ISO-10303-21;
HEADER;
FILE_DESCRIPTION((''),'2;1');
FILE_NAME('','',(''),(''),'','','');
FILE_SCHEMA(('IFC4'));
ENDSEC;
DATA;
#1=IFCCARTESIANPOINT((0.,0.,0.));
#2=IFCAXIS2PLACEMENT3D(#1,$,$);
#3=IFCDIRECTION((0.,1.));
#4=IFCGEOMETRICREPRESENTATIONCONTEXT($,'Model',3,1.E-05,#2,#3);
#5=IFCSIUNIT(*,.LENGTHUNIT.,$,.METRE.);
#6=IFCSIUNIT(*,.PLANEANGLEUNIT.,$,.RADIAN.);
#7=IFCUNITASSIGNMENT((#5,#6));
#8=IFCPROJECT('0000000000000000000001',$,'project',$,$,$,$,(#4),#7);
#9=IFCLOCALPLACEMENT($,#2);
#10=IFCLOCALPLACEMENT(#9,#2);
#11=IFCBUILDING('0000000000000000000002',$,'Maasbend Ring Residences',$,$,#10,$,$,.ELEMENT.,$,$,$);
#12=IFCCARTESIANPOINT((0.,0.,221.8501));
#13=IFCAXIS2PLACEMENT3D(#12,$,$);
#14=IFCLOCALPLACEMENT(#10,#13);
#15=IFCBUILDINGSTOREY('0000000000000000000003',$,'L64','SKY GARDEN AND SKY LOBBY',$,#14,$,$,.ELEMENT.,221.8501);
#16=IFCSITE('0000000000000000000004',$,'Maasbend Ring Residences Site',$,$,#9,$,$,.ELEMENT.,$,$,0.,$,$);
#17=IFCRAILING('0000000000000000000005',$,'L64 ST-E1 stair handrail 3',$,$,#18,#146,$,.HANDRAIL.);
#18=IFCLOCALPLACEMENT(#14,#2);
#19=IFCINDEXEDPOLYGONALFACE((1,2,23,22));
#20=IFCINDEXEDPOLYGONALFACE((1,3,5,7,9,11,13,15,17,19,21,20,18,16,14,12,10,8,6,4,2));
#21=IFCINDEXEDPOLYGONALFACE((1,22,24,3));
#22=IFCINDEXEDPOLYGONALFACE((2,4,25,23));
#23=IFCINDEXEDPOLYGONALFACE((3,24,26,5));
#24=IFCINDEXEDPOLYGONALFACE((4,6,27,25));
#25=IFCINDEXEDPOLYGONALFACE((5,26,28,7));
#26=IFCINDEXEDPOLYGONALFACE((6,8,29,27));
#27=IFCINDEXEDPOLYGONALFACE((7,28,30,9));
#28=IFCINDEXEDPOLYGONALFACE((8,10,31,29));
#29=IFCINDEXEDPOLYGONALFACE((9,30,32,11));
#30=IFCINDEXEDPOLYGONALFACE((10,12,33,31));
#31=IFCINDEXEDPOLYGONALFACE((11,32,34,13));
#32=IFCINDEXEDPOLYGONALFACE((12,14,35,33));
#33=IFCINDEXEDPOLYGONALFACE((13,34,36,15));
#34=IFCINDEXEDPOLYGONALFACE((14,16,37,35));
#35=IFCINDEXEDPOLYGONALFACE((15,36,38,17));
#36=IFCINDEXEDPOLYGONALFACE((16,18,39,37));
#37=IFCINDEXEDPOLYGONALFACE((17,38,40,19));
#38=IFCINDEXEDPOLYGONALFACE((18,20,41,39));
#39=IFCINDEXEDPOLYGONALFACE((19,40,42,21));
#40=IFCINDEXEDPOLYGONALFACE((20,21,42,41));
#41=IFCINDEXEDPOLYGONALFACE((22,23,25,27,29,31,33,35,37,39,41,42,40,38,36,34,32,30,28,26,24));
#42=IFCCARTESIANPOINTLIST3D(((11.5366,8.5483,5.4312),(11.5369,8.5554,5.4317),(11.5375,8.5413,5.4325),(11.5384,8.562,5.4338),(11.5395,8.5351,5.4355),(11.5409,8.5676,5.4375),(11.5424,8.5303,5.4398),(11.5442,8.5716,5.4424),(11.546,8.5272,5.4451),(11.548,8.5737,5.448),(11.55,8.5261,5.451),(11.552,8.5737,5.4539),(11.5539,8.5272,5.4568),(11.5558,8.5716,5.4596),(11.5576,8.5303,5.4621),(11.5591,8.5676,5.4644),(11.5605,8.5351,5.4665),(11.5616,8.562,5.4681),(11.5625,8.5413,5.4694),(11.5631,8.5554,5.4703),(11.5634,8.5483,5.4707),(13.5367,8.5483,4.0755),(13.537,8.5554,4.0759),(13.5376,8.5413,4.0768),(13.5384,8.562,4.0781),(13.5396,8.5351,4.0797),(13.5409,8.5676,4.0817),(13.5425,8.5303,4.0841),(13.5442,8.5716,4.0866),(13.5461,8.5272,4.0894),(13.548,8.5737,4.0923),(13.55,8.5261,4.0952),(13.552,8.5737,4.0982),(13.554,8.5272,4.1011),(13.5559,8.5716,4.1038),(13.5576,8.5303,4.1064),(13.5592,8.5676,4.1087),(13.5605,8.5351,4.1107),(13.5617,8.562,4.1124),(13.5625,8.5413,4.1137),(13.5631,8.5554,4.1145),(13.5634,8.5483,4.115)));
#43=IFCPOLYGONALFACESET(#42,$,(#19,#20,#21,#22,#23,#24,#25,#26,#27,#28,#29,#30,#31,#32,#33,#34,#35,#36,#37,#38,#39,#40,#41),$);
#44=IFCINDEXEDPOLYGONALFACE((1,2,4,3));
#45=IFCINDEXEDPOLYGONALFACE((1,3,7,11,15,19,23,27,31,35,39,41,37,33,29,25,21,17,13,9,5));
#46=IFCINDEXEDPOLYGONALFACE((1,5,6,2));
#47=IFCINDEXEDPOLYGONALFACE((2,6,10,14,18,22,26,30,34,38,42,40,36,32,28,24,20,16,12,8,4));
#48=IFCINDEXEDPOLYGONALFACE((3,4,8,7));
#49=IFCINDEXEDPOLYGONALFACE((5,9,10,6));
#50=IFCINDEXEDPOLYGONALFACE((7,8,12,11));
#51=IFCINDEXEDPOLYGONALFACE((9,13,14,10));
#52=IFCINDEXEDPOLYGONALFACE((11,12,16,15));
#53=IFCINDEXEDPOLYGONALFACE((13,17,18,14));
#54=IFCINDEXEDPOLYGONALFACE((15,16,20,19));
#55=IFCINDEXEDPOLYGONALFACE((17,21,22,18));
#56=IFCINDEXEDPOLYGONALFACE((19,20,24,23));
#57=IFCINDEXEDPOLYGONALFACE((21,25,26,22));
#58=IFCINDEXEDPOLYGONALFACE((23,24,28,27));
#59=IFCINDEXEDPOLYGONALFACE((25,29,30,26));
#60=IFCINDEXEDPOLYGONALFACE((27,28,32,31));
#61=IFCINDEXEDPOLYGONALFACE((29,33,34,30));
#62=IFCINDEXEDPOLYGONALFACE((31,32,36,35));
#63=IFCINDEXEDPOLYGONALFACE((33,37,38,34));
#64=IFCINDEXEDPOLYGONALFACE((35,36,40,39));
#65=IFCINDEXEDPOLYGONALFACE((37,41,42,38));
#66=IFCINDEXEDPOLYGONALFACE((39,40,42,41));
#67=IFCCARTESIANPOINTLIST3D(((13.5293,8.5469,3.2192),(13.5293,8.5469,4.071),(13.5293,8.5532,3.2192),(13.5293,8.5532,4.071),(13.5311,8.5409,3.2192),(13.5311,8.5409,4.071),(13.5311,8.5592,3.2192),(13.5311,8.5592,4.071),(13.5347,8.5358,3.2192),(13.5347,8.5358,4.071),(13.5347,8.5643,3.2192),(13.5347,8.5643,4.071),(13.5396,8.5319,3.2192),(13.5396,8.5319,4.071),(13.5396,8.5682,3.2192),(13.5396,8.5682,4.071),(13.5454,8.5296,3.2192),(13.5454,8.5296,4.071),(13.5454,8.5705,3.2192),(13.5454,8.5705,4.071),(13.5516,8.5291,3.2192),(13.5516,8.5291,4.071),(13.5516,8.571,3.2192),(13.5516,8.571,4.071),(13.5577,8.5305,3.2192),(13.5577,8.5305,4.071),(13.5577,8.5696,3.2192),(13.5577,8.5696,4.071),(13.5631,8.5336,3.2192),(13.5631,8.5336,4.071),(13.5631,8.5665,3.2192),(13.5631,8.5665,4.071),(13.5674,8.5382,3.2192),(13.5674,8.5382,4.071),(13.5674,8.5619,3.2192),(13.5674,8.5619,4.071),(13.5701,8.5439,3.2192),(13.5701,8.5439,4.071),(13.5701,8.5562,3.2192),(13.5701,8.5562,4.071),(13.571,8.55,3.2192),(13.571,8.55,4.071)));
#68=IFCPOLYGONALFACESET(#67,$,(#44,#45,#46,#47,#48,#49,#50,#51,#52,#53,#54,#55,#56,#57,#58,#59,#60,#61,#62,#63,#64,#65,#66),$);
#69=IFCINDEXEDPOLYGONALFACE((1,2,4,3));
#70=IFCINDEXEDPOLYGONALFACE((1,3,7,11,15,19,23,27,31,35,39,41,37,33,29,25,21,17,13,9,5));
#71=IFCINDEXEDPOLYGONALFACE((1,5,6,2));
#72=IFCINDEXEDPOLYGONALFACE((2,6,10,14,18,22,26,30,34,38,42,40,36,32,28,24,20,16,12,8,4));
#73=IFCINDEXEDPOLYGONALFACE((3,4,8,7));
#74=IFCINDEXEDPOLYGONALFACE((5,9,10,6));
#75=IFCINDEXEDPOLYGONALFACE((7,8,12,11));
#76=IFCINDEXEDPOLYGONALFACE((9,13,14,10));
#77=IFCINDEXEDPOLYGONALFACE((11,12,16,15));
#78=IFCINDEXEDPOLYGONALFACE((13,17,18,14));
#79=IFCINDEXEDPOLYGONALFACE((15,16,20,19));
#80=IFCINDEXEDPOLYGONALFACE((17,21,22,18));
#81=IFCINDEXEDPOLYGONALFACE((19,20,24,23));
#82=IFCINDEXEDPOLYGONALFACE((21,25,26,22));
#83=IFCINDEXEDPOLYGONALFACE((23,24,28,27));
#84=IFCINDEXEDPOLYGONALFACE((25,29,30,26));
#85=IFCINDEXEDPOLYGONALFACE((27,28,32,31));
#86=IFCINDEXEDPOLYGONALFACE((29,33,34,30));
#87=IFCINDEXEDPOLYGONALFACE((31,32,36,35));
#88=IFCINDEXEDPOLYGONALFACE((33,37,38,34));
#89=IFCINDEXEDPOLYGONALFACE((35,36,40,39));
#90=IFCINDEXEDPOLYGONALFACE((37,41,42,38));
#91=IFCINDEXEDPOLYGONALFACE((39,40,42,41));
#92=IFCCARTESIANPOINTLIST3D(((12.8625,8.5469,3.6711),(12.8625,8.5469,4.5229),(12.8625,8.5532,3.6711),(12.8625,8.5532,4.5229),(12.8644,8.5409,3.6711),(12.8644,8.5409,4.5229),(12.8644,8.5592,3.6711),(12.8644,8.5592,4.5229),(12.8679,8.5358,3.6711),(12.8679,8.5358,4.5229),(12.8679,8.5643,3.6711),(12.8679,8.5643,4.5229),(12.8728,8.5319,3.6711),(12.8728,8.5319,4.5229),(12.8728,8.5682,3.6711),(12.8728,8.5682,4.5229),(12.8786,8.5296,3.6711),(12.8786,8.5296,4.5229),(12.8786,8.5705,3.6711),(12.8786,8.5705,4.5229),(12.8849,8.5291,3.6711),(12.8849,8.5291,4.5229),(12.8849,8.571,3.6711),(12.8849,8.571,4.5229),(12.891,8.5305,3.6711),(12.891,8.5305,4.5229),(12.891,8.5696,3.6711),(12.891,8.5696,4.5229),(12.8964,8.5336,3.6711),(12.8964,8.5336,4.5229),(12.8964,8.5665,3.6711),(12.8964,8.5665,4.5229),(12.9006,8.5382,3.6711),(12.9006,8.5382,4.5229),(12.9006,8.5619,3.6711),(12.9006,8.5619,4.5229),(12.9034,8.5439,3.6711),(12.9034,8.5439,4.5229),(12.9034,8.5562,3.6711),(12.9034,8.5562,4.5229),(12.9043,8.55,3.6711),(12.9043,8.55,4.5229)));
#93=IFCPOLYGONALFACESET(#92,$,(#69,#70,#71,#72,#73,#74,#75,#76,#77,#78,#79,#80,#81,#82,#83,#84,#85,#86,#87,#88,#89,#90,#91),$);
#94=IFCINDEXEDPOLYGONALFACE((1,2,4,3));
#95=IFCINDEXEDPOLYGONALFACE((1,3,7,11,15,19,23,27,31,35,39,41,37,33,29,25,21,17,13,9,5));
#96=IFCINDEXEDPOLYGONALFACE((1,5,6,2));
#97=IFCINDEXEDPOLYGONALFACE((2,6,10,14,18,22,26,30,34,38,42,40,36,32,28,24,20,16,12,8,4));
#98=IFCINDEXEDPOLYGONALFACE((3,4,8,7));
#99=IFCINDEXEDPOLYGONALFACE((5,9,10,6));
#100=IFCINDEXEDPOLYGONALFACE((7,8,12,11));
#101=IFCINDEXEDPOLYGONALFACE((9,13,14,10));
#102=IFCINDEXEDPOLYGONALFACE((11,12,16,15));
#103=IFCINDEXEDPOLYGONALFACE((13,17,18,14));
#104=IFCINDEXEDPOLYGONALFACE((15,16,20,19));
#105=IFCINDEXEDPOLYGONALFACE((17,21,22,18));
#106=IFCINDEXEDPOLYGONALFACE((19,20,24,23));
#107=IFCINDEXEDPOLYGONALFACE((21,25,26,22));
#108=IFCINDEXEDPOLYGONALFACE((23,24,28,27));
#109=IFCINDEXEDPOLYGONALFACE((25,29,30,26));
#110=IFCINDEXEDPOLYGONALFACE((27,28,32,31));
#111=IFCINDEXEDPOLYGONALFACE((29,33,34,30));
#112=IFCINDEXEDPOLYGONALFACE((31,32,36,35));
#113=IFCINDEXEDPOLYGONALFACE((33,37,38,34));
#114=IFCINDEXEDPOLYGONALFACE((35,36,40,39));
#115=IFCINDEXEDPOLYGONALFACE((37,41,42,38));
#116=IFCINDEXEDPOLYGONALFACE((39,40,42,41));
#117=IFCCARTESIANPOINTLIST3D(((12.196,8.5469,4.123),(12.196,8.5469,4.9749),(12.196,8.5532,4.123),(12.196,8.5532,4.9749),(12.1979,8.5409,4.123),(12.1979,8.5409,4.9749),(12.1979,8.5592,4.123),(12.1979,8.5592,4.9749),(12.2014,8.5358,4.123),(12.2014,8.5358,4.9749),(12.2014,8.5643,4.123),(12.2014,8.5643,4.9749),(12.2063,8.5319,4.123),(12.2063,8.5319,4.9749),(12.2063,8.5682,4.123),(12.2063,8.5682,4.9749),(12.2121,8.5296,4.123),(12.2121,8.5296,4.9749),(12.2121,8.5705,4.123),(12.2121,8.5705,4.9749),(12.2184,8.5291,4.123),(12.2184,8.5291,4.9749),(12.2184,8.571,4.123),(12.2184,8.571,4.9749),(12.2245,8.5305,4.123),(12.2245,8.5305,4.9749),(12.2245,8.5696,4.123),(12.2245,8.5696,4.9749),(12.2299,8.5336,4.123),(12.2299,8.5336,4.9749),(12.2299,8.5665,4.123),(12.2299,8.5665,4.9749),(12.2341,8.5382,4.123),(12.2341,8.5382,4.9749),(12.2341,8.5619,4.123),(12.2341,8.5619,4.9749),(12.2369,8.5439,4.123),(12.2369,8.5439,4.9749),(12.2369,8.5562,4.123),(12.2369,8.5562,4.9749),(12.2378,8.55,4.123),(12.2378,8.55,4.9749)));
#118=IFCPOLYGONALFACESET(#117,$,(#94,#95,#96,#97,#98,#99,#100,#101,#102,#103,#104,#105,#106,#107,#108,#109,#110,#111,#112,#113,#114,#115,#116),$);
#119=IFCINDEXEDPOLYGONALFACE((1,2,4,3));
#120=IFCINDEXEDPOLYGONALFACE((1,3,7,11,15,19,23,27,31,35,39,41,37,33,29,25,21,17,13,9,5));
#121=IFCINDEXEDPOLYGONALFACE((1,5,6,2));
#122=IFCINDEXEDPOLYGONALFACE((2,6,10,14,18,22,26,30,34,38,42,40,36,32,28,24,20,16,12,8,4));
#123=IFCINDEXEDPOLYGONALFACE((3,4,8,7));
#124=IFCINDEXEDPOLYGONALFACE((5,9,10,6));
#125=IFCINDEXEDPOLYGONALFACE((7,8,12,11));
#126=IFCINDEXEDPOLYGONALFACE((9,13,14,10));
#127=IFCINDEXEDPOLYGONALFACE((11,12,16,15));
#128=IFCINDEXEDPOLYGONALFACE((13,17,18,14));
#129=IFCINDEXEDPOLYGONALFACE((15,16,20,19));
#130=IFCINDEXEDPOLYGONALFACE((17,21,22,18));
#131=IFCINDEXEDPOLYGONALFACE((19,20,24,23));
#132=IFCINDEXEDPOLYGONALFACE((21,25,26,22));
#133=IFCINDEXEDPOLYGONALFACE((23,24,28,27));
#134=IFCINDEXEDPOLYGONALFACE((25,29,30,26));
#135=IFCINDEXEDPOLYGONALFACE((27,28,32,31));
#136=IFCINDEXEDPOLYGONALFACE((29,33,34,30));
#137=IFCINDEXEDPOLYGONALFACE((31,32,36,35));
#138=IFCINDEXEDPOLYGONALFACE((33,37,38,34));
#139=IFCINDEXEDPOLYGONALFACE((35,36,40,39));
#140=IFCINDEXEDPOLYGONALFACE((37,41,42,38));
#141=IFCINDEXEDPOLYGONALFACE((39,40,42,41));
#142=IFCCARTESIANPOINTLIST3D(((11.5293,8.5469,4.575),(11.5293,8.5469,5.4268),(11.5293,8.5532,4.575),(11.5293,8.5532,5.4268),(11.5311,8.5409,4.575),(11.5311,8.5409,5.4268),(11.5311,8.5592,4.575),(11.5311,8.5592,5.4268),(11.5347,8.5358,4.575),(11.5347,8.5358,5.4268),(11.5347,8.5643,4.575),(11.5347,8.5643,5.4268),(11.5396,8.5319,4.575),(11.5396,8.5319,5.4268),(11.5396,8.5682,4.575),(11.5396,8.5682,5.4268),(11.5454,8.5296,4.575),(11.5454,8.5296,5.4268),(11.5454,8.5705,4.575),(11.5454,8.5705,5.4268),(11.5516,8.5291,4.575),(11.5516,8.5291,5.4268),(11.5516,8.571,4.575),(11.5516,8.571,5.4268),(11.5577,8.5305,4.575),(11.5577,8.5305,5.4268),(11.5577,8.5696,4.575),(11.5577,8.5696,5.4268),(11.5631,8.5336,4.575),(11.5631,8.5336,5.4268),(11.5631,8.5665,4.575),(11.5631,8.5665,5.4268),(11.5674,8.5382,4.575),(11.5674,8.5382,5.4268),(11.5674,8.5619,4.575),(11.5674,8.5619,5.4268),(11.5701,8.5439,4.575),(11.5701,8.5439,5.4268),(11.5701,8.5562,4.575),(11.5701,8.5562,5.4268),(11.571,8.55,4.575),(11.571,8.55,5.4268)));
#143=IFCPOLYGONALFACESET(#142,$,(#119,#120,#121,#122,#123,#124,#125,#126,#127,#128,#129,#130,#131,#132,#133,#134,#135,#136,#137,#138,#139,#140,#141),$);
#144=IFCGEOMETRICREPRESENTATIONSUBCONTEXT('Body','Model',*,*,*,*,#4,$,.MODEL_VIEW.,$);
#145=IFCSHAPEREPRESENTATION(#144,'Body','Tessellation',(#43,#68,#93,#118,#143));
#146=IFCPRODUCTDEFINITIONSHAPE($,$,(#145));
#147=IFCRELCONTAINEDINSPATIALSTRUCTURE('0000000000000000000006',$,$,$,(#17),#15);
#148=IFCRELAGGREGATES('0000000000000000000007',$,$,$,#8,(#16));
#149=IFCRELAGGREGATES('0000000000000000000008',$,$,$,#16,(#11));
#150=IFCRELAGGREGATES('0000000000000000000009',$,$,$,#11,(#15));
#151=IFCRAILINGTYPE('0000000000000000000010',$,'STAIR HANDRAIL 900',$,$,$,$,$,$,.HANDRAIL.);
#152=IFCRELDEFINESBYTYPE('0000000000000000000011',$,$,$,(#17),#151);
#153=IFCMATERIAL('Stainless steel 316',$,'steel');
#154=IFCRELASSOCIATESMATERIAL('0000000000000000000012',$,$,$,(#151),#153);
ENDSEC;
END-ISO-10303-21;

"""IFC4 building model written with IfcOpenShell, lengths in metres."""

from ifc_helpers import new_model, si_unit, direction, frame, origin, origin_2d, place, context, subcontext, project, spatial, circle, extrude, material, type_object, element, save


model = new_model("IFC4")

# Units and contexts
model_context = context("Model", 3, precision=1e-05, world=origin(), true_north=direction((0.0, 1.0)))
body_context = subcontext(model_context, "Body", "Model", "MODEL_VIEW")
ifc_project = project(units=[si_unit("LENGTHUNIT", "METRE"), si_unit("PLANEANGLEUNIT", "RADIAN")], contexts=[model_context])

# Site, building, storey
site_placement = place(None, origin())
site = spatial("IfcSite", under=ifc_project, at=site_placement, Name="Maasbend Ring Residences Site", CompositionType="ELEMENT", RefElevation=0.0)
building_placement = place(site_placement, origin())
building = spatial("IfcBuilding", under=site, at=building_placement, Name="Maasbend Ring Residences", CompositionType="ELEMENT")
storey_placement = place(building_placement, frame((0.0, 0.0, 221.8501)))
storey = spatial("IfcBuildingStorey", under=building, at=storey_placement, Name="L64", Description="SKY GARDEN AND SKY LOBBY", CompositionType="ELEMENT", Elevation=221.8501)

# Railing
ifc_material_1 = material(Name="Stainless steel 316", Category="steel")
railing_type_1 = type_object("IfcRailingType", Name="STAIR HANDRAIL 900", PredefinedType="HANDRAIL", material=ifc_material_1)
railing_1_placement = place(storey_placement, frame((13.55, 8.55, 3.2192)))
element("IfcRailing", 1, at=railing_1_placement, inside=storey, type_object=railing_type_1, Name="L64 ST-E1 stair handrail 3", PredefinedType="HANDRAIL", context=body_context, shape_type="SweptSolid", body=[
    extrude(circle(Radius=0.0239, at=origin_2d()), frame((0.0, 0.0, 0.876), z_axis=(-0.827751, 0.0, 0.561096), x_axis=(0.0, -1.0, 0.0)), (0.0, 0.0, 1.0), 2.4163),
    extrude(circle(Radius=0.021, at=origin_2d()), origin(), (0.0, 0.0, 1.0), 0.8518),
    extrude(circle(Radius=0.021, at=origin_2d()), frame((-0.6667, 0.0, 0.4519)), (0.0, 0.0, 1.0), 0.8518),
    extrude(circle(Radius=0.021, at=origin_2d()), frame((-1.3333, 0.0, 0.9038)), (0.0, 0.0, 1.0), 0.8518),
    extrude(circle(Radius=0.021, at=origin_2d()), frame((-2.0, 0.0, 1.3557)), (0.0, 0.0, 1.0), 0.8518),
])

save(model, "model.ifc")
